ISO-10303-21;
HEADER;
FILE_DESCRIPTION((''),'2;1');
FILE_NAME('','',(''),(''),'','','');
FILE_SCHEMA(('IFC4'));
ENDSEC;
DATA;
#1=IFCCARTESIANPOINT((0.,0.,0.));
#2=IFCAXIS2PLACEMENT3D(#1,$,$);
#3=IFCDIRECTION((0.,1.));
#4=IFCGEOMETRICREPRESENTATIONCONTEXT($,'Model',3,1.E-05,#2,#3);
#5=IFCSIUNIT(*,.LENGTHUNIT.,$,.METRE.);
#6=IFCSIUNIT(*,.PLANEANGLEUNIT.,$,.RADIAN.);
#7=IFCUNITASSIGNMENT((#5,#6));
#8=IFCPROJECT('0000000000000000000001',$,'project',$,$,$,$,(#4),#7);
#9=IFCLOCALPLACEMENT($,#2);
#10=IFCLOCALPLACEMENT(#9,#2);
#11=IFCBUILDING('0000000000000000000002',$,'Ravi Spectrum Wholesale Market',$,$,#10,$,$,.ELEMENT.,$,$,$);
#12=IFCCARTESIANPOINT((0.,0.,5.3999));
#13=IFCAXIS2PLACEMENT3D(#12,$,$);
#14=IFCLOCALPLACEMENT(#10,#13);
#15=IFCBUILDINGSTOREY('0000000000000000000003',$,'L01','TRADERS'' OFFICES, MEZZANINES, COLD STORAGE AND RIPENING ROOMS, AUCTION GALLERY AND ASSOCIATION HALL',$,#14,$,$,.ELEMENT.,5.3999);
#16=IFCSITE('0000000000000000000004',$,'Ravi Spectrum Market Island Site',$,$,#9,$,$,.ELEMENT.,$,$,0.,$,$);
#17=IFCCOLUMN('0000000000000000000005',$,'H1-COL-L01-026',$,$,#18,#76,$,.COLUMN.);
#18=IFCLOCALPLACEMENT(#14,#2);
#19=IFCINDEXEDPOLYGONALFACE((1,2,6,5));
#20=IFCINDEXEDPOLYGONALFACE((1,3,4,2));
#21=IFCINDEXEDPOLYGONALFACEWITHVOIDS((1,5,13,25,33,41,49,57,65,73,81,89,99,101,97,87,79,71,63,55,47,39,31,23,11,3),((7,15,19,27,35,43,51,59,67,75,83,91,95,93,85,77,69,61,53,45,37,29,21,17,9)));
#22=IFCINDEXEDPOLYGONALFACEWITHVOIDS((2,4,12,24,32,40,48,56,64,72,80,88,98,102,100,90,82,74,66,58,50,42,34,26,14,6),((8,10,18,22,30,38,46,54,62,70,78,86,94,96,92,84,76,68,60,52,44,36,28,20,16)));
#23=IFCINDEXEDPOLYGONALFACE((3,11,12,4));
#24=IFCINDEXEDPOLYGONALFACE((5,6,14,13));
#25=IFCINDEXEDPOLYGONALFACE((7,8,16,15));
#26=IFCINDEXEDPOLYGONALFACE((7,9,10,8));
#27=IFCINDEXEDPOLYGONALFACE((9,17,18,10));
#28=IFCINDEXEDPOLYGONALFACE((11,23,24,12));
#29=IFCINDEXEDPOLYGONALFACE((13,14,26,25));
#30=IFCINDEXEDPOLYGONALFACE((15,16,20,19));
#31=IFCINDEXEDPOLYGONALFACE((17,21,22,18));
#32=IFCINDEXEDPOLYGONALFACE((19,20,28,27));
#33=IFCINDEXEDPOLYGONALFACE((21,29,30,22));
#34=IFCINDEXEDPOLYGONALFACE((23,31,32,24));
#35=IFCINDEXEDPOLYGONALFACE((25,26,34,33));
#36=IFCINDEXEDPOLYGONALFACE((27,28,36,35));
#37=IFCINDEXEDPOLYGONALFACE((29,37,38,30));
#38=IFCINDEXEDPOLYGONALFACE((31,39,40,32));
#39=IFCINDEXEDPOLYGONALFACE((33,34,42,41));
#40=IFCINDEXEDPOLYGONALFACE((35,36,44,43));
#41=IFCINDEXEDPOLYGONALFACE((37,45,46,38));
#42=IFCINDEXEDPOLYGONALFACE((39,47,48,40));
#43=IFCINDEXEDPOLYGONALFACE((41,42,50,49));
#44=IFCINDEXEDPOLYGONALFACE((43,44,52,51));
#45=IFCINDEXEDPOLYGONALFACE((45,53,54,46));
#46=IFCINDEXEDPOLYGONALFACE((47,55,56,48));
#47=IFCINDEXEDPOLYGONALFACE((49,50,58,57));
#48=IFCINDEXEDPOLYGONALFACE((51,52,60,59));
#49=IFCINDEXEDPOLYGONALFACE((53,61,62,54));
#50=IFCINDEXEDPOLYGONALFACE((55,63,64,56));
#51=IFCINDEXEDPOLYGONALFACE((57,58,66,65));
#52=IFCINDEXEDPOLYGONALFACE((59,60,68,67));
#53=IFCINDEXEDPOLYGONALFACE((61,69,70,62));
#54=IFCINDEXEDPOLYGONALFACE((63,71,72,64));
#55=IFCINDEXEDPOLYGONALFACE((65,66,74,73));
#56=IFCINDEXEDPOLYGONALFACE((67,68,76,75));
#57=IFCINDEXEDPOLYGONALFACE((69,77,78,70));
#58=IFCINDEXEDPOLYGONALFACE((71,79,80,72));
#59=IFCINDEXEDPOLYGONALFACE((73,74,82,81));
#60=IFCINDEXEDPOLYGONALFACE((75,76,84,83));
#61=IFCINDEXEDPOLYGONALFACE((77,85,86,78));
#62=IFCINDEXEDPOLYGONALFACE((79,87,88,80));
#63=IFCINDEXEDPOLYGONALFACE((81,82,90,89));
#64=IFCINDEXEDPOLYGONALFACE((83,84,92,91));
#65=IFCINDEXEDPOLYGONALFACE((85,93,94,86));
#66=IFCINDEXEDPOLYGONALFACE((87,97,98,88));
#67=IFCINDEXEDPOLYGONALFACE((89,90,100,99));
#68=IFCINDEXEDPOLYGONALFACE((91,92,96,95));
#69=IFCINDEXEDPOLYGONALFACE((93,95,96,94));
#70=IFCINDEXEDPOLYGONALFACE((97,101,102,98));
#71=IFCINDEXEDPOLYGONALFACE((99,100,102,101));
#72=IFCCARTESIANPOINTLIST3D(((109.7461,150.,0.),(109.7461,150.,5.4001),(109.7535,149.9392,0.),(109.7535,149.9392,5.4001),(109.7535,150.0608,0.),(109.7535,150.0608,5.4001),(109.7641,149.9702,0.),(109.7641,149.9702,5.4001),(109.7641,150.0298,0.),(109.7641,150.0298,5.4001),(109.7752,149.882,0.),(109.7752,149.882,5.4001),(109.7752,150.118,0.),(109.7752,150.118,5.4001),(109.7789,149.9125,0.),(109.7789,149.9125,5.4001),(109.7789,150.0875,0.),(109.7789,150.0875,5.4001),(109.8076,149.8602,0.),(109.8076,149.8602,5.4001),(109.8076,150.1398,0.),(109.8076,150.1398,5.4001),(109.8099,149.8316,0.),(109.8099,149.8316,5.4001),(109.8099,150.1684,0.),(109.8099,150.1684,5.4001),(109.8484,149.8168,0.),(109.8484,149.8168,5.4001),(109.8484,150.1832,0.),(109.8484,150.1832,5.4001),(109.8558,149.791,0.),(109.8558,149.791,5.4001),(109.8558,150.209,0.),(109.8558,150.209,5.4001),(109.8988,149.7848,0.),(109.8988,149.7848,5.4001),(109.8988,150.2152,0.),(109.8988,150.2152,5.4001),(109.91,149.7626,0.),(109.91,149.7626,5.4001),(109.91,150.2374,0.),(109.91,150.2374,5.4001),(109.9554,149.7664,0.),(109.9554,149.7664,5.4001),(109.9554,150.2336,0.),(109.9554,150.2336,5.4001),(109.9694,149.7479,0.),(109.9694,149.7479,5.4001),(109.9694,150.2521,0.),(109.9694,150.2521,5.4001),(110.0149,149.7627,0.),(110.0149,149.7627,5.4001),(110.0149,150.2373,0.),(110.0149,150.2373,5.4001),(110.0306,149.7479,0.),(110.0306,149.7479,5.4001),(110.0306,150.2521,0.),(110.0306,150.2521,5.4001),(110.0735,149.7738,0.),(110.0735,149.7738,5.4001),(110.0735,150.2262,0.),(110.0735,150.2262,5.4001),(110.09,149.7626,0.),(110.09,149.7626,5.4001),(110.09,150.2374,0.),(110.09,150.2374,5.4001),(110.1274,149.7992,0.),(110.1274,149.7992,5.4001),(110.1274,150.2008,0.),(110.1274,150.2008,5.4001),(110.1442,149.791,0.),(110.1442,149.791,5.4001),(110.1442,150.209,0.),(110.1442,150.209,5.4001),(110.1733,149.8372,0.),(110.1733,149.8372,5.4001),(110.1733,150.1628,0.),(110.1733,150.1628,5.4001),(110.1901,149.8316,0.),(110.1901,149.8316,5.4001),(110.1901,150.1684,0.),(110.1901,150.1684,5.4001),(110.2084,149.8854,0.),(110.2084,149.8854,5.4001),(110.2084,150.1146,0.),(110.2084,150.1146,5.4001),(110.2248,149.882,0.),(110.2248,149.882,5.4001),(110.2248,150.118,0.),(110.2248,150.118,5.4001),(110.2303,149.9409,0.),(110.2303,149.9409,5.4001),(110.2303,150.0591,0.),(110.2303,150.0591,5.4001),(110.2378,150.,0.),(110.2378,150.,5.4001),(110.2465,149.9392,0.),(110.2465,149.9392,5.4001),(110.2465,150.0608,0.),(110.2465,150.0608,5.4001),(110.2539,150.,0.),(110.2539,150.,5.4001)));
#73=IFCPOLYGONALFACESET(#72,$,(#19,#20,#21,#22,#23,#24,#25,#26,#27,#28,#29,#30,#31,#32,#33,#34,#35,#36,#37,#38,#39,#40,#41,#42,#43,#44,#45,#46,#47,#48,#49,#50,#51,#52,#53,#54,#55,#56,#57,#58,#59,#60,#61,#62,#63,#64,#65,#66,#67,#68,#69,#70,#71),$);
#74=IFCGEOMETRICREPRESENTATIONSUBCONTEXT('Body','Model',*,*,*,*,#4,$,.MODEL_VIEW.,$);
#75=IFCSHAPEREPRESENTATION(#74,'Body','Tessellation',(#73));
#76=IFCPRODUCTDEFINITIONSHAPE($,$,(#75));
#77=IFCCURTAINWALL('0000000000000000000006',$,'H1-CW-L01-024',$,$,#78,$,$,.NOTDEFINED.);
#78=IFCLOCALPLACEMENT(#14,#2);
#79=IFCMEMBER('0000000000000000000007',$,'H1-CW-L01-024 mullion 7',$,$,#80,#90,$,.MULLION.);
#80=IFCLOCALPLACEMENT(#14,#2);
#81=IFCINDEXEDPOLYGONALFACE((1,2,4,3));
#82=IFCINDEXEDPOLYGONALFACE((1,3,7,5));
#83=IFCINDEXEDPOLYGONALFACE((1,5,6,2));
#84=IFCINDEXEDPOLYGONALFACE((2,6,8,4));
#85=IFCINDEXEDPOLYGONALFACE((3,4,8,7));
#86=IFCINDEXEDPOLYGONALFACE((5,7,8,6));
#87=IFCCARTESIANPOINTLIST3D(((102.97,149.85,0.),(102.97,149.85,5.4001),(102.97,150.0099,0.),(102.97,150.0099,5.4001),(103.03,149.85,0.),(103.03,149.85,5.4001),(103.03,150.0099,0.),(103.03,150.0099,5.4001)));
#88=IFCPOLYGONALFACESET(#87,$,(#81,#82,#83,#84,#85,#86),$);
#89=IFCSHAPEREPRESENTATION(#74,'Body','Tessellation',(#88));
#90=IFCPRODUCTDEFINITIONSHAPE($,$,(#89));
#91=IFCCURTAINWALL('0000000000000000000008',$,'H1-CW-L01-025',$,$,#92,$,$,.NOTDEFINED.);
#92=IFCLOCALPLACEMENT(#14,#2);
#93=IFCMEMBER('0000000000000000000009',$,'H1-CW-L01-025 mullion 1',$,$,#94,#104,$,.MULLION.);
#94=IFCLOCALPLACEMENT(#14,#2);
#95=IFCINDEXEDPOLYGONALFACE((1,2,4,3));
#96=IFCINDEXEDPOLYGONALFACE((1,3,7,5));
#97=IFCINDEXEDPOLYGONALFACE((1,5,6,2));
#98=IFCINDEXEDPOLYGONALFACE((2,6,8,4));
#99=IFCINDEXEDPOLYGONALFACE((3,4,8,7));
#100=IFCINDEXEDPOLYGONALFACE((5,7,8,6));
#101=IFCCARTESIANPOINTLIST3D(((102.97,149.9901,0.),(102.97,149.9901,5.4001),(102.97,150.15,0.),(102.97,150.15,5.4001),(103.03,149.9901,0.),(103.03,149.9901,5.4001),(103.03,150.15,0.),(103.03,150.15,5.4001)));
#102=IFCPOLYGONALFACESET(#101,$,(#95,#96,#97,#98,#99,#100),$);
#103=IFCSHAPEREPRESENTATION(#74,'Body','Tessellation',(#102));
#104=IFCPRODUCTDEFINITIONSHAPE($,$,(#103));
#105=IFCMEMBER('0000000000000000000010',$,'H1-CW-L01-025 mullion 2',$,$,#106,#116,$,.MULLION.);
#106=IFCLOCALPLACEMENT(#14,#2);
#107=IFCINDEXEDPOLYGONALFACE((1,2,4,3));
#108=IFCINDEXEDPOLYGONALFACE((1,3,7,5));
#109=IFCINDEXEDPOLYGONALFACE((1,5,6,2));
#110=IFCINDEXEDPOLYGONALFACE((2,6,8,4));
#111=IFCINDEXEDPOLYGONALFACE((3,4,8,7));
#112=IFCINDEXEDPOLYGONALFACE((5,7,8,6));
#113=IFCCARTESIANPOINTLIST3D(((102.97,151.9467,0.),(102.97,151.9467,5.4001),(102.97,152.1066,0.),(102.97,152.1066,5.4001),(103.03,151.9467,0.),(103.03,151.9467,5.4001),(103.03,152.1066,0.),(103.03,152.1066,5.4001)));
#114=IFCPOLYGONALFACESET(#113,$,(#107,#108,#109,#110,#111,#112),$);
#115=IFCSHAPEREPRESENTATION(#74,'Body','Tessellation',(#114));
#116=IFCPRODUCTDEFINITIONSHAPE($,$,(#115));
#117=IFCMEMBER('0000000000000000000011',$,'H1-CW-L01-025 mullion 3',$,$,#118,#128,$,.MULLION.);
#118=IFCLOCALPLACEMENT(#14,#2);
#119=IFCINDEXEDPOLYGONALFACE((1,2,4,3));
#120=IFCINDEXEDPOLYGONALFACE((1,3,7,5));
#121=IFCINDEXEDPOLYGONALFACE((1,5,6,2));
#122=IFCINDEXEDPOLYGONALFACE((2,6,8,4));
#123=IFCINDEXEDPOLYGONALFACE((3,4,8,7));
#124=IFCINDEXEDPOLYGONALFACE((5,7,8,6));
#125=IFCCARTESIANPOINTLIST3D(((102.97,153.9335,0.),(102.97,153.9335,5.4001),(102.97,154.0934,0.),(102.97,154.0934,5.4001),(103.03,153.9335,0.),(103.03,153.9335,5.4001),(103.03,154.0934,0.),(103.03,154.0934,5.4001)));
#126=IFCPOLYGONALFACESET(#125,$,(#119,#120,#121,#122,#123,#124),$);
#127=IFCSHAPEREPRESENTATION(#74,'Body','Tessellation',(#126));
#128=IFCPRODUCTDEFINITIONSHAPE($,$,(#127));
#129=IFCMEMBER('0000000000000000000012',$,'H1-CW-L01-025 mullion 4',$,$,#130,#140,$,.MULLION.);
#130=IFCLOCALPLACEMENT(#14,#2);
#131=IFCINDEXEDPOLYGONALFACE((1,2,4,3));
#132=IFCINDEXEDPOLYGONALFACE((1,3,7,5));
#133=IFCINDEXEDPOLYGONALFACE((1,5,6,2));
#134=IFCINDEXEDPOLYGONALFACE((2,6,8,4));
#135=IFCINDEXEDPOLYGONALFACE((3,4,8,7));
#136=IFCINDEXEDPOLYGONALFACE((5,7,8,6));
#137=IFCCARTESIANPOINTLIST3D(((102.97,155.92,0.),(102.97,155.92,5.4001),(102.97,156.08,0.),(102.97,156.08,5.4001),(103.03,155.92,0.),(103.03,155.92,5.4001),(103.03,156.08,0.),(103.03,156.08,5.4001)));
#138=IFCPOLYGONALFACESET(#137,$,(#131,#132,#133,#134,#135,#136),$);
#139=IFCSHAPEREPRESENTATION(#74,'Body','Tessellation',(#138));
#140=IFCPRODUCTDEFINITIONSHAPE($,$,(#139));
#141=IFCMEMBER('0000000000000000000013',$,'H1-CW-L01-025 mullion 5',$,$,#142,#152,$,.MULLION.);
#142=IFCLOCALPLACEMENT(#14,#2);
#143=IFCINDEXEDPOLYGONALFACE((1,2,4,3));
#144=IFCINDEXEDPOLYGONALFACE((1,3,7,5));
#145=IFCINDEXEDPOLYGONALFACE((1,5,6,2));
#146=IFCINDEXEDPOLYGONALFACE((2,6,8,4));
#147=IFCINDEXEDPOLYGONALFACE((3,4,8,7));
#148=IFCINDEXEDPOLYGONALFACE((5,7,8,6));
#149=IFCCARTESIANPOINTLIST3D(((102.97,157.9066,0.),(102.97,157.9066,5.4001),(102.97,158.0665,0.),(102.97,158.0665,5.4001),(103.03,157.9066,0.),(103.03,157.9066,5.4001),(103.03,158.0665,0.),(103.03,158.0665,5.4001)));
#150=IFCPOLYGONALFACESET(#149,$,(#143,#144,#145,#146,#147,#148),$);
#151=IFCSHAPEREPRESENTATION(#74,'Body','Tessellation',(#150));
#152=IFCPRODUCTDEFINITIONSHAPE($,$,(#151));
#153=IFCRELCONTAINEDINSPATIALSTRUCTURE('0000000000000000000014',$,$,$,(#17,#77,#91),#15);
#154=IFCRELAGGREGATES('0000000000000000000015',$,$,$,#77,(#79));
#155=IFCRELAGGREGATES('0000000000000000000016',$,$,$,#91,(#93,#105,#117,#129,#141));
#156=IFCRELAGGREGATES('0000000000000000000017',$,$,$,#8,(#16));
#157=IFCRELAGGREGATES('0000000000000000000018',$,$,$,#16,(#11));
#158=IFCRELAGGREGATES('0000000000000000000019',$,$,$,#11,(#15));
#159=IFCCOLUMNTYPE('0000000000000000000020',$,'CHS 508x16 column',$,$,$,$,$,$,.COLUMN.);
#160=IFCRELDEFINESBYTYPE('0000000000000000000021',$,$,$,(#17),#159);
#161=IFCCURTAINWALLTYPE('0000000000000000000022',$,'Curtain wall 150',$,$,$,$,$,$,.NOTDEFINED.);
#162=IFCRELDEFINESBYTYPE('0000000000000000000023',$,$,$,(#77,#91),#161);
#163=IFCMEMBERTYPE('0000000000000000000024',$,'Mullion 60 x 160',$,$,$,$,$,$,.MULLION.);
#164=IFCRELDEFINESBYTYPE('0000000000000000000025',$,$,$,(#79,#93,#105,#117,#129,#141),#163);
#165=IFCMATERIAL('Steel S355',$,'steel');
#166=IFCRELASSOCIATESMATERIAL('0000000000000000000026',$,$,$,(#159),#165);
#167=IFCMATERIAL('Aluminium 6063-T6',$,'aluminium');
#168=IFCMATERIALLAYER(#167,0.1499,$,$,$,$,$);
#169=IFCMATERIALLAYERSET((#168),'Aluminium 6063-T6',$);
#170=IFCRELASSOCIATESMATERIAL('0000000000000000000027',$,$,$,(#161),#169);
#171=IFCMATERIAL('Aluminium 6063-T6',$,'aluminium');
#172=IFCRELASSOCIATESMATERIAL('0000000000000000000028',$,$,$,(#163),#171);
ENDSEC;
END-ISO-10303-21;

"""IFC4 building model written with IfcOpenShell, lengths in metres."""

from ifc_helpers import new_model, si_unit, direction, frame, origin, origin_2d, place, context, subcontext, project, spatial, rectangle, hollow_circle, extrude, material, layer, layer_set, material_profile, profile_set, type_object, element, aggregate, save


model = new_model("IFC4")

# Units and contexts
model_context = context("Model", 3, precision=1e-05, world=origin(), true_north=direction((0.0, 1.0)))
body_context = subcontext(model_context, "Body", "Model", "MODEL_VIEW")
ifc_project = project(units=[si_unit("LENGTHUNIT", "METRE"), si_unit("PLANEANGLEUNIT", "RADIAN")], contexts=[model_context])

# Site, building, storey
site_placement = place(None, origin())
site = spatial("IfcSite", under=ifc_project, at=site_placement, Name="Ravi Spectrum Market Island Site", CompositionType="ELEMENT", RefElevation=0.0)
building_placement = place(site_placement, origin())
building = spatial("IfcBuilding", under=site, at=building_placement, Name="Ravi Spectrum Wholesale Market", CompositionType="ELEMENT")
storey_placement = place(building_placement, frame((0.0, 0.0, 5.3999)))
storey = spatial("IfcBuildingStorey", under=building, at=storey_placement, Name="L01", Description="TRADERS' OFFICES, MEZZANINES, COLD STORAGE AND RIPENING ROOMS, AUCTION GALLERY AND ASSOCIATION HALL", CompositionType="ELEMENT", Elevation=5.3999)

# Column
ifc_material_1 = material(Name="Steel S355", Category="steel")
ifc_material_profile_1 = material_profile(ifc_material_1, hollow_circle(Radius=0.2539, WallThickness=0.0161, at=origin_2d()))
ifc_profile_set_1 = profile_set([ifc_material_profile_1], Name="Steel S355")
column_type = type_object("IfcColumnType", Name="CHS 508x16 column", PredefinedType="COLUMN", material=ifc_profile_set_1)
column_placement = place(storey_placement, frame((110.0, 150.0, 0.0), z_axis=(0.0, 0.0, 1.0), x_axis=(1.0, 0.0, 0.0)))
element("IfcColumn", 1, at=column_placement, inside=storey, type_object=column_type, Name="H1-COL-L01-026", PredefinedType="COLUMN", context=body_context, shape_type="SweptSolid", body=[
    extrude(hollow_circle(Radius=0.2539, WallThickness=0.0161, at=origin_2d()), origin(), (0.0, 0.0, 1.0), 5.4001),
])

# Curtain wall, member
ifc_material_2 = material(Name="Aluminium 6063-T6", Category="aluminium")
ifc_layer_1 = layer(ifc_material_2, 0.1499)
ifc_layer_set_1 = layer_set([ifc_layer_1], Name="Aluminium 6063-T6")
curtain_wall_type = type_object("IfcCurtainWallType", Name="Curtain wall 150", PredefinedType="NOTDEFINED", material=ifc_layer_set_1)
curtain_wall_1_placement = place(storey_placement, origin())
curtain_wall_1 = element("IfcCurtainWall", 2, at=curtain_wall_1_placement, inside=storey, type_object=curtain_wall_type, Name="H1-CW-L01-024", PredefinedType="NOTDEFINED")
ifc_material_3 = material(Name="Aluminium 6063-T6", Category="aluminium")
ifc_material_profile_2 = material_profile(ifc_material_3, rectangle(XDim=0.0601, YDim=0.1599, at=origin_2d()))
ifc_profile_set_2 = profile_set([ifc_material_profile_2], Name="Aluminium 6063-T6")
member_type_1 = type_object("IfcMemberType", Name="Mullion 60 x 160", PredefinedType="MULLION", material=ifc_profile_set_2)
member_1_placement = place(storey_placement, frame((103.0, 149.9299, 0.0), z_axis=(0.0, 0.0, 1.0), x_axis=(-1.0, 0.0, 0.0)))
member_1 = element("IfcMember", 3, at=member_1_placement, type_object=member_type_1, Name="H1-CW-L01-024 mullion 7", PredefinedType="MULLION", context=body_context, shape_type="SweptSolid", body=[
    extrude(rectangle(XDim=0.0601, YDim=0.1599, at=origin_2d()), origin(), (0.0, 0.0, 1.0), 5.4001),
])
aggregate(curtain_wall_1, [member_1])

# Curtain wall, members
curtain_wall_2_placement = place(storey_placement, origin())
curtain_wall_2 = element("IfcCurtainWall", 4, at=curtain_wall_2_placement, inside=storey, type_object=curtain_wall_type, Name="H1-CW-L01-025", PredefinedType="NOTDEFINED")
member_2_placement = place(storey_placement, frame((103.0, 150.0701, 0.0), z_axis=(0.0, 0.0, 1.0), x_axis=(-1.0, 0.0, 0.0)))
member_2 = element("IfcMember", 5, at=member_2_placement, type_object=member_type_1, Name="H1-CW-L01-025 mullion 1", PredefinedType="MULLION", context=body_context, shape_type="SweptSolid", body=[
    extrude(rectangle(XDim=0.0601, YDim=0.1599, at=origin_2d()), origin(), (0.0, 0.0, 1.0), 5.4001),
])
member_3_placement = place(storey_placement, frame((103.0, 152.0266, 0.0), z_axis=(0.0, 0.0, 1.0), x_axis=(-1.0, 0.0, 0.0)))
member_3 = element("IfcMember", 6, at=member_3_placement, type_object=member_type_1, Name="H1-CW-L01-025 mullion 2", PredefinedType="MULLION", context=body_context, shape_type="SweptSolid", body=[
    extrude(rectangle(XDim=0.0601, YDim=0.1599, at=origin_2d()), origin(), (0.0, 0.0, 1.0), 5.4001),
])
member_4_placement = place(storey_placement, frame((103.0, 154.0134, 0.0), z_axis=(0.0, 0.0, 1.0), x_axis=(-1.0, 0.0, 0.0)))
member_4 = element("IfcMember", 7, at=member_4_placement, type_object=member_type_1, Name="H1-CW-L01-025 mullion 3", PredefinedType="MULLION", context=body_context, shape_type="SweptSolid", body=[
    extrude(rectangle(XDim=0.0601, YDim=0.1599, at=origin_2d()), origin(), (0.0, 0.0, 1.0), 5.4001),
])
member_5_placement = place(storey_placement, frame((103.0, 156.0, 0.0), z_axis=(0.0, 0.0, 1.0), x_axis=(-1.0, 0.0, 0.0)))
member_5 = element("IfcMember", 8, at=member_5_placement, type_object=member_type_1, Name="H1-CW-L01-025 mullion 4", PredefinedType="MULLION", context=body_context, shape_type="SweptSolid", body=[
    extrude(rectangle(XDim=0.0601, YDim=0.1599, at=origin_2d()), origin(), (0.0, 0.0, 1.0), 5.4001),
])
member_6_placement = place(storey_placement, frame((103.0, 157.9866, 0.0), z_axis=(0.0, 0.0, 1.0), x_axis=(-1.0, 0.0, 0.0)))
member_6 = element("IfcMember", 9, at=member_6_placement, type_object=member_type_1, Name="H1-CW-L01-025 mullion 5", PredefinedType="MULLION", context=body_context, shape_type="SweptSolid", body=[
    extrude(rectangle(XDim=0.0601, YDim=0.1599, at=origin_2d()), origin(), (0.0, 0.0, 1.0), 5.4001),
])

aggregate(curtain_wall_2, [member_2, member_3, member_4, member_5, member_6])

save(model, "model.ifc")
